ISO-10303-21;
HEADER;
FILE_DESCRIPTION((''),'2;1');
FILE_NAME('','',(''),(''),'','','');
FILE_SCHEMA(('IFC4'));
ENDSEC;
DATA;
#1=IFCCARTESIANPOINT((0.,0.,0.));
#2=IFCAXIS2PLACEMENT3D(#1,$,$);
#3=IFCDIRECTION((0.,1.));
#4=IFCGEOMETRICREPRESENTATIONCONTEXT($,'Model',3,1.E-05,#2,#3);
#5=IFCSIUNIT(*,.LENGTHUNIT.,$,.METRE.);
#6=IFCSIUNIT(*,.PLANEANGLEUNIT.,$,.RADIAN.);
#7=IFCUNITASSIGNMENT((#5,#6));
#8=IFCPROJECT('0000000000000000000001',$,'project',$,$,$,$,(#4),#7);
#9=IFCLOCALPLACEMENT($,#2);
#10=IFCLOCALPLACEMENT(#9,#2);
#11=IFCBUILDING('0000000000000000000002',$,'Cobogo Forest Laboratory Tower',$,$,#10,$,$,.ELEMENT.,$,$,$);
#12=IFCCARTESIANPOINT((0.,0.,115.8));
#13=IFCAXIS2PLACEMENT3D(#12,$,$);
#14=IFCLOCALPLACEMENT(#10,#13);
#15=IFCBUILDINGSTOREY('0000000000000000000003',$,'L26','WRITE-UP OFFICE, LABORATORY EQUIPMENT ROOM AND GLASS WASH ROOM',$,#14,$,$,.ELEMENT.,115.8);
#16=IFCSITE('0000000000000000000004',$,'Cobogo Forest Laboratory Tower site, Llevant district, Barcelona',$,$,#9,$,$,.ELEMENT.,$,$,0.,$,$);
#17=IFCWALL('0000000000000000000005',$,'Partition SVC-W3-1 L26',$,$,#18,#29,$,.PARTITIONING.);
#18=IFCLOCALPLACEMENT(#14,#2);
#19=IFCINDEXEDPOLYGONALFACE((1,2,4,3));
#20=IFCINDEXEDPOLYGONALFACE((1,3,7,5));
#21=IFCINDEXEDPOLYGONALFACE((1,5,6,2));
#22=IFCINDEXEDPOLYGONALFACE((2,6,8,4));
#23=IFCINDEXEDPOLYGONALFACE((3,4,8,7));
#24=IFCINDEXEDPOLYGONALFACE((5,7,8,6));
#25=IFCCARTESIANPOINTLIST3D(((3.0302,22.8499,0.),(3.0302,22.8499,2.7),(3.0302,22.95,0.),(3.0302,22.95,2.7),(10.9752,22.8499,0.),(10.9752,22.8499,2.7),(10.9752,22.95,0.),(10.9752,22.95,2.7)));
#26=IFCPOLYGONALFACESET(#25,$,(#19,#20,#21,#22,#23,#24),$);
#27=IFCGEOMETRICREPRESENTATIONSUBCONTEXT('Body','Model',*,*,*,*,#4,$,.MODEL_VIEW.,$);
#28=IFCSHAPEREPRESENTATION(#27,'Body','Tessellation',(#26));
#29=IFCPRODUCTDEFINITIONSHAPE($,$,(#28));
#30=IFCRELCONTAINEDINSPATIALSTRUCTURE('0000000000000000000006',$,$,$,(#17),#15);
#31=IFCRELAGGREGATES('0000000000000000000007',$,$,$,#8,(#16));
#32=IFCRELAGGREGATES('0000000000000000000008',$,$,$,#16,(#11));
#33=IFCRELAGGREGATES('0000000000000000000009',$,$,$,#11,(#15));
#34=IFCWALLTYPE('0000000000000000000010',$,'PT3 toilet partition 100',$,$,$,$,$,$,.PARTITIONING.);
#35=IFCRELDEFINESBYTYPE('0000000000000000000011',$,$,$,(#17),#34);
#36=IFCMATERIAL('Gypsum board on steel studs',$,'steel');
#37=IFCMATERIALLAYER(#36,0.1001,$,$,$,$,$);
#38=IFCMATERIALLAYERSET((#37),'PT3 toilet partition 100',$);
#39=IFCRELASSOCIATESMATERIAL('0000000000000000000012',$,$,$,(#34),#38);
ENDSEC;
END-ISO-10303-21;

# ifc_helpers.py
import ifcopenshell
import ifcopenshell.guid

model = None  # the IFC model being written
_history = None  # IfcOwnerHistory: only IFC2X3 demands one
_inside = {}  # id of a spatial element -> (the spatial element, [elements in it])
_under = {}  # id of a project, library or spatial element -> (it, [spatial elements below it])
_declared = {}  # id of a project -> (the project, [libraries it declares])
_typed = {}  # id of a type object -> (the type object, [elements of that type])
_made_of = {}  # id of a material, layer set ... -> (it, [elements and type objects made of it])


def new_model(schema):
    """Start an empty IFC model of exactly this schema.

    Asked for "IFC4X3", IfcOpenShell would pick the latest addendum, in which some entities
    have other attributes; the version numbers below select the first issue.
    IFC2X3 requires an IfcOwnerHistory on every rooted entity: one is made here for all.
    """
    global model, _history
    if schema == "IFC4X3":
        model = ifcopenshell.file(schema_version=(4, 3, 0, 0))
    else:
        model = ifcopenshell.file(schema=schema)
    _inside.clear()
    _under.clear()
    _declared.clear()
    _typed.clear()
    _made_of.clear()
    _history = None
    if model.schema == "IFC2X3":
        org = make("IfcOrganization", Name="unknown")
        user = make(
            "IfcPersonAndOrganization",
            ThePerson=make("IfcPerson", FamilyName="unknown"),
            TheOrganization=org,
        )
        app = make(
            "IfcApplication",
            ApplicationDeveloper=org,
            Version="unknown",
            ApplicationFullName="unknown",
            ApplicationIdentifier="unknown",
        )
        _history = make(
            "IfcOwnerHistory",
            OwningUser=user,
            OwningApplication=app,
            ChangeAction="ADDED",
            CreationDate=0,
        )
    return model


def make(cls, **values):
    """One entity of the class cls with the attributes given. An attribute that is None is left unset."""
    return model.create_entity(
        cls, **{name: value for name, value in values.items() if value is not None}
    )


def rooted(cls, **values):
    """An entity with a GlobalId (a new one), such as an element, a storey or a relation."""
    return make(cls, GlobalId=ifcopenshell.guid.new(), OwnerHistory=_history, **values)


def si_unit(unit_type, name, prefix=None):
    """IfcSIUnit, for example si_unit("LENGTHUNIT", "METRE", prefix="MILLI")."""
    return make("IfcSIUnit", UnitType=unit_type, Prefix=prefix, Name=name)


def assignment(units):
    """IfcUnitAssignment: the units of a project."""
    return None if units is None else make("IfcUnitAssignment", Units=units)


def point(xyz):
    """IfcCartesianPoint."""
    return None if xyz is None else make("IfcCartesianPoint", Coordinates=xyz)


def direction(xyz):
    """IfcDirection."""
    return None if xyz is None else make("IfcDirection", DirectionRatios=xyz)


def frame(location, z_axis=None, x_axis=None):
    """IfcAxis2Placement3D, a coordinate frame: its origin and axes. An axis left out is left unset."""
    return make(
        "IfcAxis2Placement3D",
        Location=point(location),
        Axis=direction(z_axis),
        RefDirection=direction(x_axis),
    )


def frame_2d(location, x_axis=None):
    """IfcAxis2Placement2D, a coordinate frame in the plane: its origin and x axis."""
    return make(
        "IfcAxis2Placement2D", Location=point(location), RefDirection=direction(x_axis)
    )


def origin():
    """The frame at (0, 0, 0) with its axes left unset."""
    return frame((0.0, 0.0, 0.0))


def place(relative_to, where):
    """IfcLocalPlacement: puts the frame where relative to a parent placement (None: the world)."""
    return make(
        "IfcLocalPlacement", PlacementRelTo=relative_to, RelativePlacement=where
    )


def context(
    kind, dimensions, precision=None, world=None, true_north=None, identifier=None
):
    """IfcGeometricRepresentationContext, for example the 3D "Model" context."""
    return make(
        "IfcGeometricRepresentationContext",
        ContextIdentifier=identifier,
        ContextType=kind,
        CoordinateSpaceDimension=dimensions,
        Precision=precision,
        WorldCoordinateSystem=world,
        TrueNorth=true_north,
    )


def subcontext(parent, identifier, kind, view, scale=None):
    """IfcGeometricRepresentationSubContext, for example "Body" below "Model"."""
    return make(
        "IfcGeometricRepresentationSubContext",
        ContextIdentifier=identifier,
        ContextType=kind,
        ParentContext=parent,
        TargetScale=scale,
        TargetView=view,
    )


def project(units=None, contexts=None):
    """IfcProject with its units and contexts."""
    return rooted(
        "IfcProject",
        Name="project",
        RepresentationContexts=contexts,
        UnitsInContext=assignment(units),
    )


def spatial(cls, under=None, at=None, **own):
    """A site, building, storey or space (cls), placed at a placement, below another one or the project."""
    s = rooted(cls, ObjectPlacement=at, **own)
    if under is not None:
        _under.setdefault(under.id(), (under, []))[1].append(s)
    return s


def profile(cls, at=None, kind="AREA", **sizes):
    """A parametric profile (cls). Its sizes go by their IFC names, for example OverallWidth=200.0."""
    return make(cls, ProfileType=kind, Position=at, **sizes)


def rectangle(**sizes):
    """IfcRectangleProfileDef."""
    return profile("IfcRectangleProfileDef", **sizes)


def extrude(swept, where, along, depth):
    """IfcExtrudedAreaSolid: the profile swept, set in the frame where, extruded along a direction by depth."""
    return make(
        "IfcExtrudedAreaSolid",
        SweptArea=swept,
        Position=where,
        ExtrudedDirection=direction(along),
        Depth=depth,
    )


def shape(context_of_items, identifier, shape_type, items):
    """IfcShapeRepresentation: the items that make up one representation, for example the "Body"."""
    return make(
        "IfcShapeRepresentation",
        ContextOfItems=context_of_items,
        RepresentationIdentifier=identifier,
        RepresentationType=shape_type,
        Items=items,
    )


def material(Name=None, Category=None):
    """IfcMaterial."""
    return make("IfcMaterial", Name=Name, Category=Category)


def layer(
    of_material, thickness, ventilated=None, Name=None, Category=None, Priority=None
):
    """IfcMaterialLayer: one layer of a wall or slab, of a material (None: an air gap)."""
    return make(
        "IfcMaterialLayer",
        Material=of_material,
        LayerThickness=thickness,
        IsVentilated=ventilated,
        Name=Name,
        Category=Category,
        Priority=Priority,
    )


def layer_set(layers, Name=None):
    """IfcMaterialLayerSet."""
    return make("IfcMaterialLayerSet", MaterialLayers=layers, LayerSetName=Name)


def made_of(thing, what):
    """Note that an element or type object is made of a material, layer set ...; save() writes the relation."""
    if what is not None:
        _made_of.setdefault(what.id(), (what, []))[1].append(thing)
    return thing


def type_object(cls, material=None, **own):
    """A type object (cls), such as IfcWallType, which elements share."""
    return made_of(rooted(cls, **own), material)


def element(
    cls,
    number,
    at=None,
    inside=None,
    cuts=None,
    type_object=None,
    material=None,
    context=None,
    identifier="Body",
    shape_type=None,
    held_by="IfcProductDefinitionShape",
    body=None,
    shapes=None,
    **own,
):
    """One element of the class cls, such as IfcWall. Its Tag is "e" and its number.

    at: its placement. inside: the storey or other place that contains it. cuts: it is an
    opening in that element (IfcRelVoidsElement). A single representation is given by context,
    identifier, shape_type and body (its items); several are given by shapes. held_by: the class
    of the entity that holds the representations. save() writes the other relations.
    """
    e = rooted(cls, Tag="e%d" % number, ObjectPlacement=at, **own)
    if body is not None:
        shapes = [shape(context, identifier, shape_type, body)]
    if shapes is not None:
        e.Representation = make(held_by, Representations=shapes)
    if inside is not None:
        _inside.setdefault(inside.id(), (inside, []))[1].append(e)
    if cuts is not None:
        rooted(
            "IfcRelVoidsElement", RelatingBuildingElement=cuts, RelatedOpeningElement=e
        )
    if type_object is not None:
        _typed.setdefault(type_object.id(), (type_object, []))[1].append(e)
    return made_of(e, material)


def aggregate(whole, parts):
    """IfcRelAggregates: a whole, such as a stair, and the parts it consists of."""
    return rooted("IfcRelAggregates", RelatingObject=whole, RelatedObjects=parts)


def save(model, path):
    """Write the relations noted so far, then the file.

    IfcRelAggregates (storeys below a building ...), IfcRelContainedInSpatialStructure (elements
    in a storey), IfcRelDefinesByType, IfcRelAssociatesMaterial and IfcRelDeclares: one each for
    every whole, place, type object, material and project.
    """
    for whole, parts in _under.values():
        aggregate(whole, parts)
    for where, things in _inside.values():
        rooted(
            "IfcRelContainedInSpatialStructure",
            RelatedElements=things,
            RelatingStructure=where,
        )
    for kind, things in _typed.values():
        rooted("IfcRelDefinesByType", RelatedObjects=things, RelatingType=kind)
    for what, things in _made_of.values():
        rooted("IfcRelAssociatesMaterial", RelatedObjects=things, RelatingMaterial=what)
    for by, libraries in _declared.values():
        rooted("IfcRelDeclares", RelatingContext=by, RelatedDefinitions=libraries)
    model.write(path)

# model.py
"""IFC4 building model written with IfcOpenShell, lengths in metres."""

from ifc_helpers import new_model, si_unit, direction, frame, frame_2d, origin, place, context, subcontext, project, spatial, rectangle, extrude, material, layer, layer_set, type_object, element, save


model = new_model("IFC4")

# Units and contexts
model_context = context("Model", 3, precision=1e-05, world=origin(), true_north=direction((0.0, 1.0)))
body_context = subcontext(model_context, "Body", "Model", "MODEL_VIEW")
ifc_project = project(units=[si_unit("LENGTHUNIT", "METRE"), si_unit("PLANEANGLEUNIT", "RADIAN")], contexts=[model_context])

# Site, building, storey
site_placement = place(None, origin())
site = spatial("IfcSite", under=ifc_project, at=site_placement, Name="Cobogo Forest Laboratory Tower site, Llevant district, Barcelona", CompositionType="ELEMENT", RefElevation=0.0)
building_placement = place(site_placement, origin())
building = spatial("IfcBuilding", under=site, at=building_placement, Name="Cobogo Forest Laboratory Tower", CompositionType="ELEMENT")
storey_placement = place(building_placement, frame((0.0, 0.0, 115.8)))
storey = spatial("IfcBuildingStorey", under=building, at=storey_placement, Name="L26", Description="WRITE-UP OFFICE, LABORATORY EQUIPMENT ROOM AND GLASS WASH ROOM", CompositionType="ELEMENT", Elevation=115.8)

# Wall
ifc_material_1 = material(Name="Gypsum board on steel studs", Category="steel")
ifc_layer_1 = layer(ifc_material_1, 0.1001)
ifc_layer_set_1 = layer_set([ifc_layer_1], Name="PT3 toilet partition 100")
wall_type_1 = type_object("IfcWallType", Name="PT3 toilet partition 100", PredefinedType="PARTITIONING", material=ifc_layer_set_1)
wall_1_placement = place(storey_placement, frame((3.03, 22.8999, 0.0), z_axis=(0.0, 0.0, 1.0), x_axis=(1.0, 0.0, 0.0)))
element("IfcWall", 1, at=wall_1_placement, inside=storey, type_object=wall_type_1, Name="Partition SVC-W3-1 L26", PredefinedType="PARTITIONING", context=body_context, shape_type="SweptSolid", body=[
    extrude(rectangle(XDim=7.9451, YDim=0.1001, at=frame_2d((3.9727, 0.0))), origin(), (0.0, 0.0, 1.0), 2.7),
])

save(model, "model.ifc")
